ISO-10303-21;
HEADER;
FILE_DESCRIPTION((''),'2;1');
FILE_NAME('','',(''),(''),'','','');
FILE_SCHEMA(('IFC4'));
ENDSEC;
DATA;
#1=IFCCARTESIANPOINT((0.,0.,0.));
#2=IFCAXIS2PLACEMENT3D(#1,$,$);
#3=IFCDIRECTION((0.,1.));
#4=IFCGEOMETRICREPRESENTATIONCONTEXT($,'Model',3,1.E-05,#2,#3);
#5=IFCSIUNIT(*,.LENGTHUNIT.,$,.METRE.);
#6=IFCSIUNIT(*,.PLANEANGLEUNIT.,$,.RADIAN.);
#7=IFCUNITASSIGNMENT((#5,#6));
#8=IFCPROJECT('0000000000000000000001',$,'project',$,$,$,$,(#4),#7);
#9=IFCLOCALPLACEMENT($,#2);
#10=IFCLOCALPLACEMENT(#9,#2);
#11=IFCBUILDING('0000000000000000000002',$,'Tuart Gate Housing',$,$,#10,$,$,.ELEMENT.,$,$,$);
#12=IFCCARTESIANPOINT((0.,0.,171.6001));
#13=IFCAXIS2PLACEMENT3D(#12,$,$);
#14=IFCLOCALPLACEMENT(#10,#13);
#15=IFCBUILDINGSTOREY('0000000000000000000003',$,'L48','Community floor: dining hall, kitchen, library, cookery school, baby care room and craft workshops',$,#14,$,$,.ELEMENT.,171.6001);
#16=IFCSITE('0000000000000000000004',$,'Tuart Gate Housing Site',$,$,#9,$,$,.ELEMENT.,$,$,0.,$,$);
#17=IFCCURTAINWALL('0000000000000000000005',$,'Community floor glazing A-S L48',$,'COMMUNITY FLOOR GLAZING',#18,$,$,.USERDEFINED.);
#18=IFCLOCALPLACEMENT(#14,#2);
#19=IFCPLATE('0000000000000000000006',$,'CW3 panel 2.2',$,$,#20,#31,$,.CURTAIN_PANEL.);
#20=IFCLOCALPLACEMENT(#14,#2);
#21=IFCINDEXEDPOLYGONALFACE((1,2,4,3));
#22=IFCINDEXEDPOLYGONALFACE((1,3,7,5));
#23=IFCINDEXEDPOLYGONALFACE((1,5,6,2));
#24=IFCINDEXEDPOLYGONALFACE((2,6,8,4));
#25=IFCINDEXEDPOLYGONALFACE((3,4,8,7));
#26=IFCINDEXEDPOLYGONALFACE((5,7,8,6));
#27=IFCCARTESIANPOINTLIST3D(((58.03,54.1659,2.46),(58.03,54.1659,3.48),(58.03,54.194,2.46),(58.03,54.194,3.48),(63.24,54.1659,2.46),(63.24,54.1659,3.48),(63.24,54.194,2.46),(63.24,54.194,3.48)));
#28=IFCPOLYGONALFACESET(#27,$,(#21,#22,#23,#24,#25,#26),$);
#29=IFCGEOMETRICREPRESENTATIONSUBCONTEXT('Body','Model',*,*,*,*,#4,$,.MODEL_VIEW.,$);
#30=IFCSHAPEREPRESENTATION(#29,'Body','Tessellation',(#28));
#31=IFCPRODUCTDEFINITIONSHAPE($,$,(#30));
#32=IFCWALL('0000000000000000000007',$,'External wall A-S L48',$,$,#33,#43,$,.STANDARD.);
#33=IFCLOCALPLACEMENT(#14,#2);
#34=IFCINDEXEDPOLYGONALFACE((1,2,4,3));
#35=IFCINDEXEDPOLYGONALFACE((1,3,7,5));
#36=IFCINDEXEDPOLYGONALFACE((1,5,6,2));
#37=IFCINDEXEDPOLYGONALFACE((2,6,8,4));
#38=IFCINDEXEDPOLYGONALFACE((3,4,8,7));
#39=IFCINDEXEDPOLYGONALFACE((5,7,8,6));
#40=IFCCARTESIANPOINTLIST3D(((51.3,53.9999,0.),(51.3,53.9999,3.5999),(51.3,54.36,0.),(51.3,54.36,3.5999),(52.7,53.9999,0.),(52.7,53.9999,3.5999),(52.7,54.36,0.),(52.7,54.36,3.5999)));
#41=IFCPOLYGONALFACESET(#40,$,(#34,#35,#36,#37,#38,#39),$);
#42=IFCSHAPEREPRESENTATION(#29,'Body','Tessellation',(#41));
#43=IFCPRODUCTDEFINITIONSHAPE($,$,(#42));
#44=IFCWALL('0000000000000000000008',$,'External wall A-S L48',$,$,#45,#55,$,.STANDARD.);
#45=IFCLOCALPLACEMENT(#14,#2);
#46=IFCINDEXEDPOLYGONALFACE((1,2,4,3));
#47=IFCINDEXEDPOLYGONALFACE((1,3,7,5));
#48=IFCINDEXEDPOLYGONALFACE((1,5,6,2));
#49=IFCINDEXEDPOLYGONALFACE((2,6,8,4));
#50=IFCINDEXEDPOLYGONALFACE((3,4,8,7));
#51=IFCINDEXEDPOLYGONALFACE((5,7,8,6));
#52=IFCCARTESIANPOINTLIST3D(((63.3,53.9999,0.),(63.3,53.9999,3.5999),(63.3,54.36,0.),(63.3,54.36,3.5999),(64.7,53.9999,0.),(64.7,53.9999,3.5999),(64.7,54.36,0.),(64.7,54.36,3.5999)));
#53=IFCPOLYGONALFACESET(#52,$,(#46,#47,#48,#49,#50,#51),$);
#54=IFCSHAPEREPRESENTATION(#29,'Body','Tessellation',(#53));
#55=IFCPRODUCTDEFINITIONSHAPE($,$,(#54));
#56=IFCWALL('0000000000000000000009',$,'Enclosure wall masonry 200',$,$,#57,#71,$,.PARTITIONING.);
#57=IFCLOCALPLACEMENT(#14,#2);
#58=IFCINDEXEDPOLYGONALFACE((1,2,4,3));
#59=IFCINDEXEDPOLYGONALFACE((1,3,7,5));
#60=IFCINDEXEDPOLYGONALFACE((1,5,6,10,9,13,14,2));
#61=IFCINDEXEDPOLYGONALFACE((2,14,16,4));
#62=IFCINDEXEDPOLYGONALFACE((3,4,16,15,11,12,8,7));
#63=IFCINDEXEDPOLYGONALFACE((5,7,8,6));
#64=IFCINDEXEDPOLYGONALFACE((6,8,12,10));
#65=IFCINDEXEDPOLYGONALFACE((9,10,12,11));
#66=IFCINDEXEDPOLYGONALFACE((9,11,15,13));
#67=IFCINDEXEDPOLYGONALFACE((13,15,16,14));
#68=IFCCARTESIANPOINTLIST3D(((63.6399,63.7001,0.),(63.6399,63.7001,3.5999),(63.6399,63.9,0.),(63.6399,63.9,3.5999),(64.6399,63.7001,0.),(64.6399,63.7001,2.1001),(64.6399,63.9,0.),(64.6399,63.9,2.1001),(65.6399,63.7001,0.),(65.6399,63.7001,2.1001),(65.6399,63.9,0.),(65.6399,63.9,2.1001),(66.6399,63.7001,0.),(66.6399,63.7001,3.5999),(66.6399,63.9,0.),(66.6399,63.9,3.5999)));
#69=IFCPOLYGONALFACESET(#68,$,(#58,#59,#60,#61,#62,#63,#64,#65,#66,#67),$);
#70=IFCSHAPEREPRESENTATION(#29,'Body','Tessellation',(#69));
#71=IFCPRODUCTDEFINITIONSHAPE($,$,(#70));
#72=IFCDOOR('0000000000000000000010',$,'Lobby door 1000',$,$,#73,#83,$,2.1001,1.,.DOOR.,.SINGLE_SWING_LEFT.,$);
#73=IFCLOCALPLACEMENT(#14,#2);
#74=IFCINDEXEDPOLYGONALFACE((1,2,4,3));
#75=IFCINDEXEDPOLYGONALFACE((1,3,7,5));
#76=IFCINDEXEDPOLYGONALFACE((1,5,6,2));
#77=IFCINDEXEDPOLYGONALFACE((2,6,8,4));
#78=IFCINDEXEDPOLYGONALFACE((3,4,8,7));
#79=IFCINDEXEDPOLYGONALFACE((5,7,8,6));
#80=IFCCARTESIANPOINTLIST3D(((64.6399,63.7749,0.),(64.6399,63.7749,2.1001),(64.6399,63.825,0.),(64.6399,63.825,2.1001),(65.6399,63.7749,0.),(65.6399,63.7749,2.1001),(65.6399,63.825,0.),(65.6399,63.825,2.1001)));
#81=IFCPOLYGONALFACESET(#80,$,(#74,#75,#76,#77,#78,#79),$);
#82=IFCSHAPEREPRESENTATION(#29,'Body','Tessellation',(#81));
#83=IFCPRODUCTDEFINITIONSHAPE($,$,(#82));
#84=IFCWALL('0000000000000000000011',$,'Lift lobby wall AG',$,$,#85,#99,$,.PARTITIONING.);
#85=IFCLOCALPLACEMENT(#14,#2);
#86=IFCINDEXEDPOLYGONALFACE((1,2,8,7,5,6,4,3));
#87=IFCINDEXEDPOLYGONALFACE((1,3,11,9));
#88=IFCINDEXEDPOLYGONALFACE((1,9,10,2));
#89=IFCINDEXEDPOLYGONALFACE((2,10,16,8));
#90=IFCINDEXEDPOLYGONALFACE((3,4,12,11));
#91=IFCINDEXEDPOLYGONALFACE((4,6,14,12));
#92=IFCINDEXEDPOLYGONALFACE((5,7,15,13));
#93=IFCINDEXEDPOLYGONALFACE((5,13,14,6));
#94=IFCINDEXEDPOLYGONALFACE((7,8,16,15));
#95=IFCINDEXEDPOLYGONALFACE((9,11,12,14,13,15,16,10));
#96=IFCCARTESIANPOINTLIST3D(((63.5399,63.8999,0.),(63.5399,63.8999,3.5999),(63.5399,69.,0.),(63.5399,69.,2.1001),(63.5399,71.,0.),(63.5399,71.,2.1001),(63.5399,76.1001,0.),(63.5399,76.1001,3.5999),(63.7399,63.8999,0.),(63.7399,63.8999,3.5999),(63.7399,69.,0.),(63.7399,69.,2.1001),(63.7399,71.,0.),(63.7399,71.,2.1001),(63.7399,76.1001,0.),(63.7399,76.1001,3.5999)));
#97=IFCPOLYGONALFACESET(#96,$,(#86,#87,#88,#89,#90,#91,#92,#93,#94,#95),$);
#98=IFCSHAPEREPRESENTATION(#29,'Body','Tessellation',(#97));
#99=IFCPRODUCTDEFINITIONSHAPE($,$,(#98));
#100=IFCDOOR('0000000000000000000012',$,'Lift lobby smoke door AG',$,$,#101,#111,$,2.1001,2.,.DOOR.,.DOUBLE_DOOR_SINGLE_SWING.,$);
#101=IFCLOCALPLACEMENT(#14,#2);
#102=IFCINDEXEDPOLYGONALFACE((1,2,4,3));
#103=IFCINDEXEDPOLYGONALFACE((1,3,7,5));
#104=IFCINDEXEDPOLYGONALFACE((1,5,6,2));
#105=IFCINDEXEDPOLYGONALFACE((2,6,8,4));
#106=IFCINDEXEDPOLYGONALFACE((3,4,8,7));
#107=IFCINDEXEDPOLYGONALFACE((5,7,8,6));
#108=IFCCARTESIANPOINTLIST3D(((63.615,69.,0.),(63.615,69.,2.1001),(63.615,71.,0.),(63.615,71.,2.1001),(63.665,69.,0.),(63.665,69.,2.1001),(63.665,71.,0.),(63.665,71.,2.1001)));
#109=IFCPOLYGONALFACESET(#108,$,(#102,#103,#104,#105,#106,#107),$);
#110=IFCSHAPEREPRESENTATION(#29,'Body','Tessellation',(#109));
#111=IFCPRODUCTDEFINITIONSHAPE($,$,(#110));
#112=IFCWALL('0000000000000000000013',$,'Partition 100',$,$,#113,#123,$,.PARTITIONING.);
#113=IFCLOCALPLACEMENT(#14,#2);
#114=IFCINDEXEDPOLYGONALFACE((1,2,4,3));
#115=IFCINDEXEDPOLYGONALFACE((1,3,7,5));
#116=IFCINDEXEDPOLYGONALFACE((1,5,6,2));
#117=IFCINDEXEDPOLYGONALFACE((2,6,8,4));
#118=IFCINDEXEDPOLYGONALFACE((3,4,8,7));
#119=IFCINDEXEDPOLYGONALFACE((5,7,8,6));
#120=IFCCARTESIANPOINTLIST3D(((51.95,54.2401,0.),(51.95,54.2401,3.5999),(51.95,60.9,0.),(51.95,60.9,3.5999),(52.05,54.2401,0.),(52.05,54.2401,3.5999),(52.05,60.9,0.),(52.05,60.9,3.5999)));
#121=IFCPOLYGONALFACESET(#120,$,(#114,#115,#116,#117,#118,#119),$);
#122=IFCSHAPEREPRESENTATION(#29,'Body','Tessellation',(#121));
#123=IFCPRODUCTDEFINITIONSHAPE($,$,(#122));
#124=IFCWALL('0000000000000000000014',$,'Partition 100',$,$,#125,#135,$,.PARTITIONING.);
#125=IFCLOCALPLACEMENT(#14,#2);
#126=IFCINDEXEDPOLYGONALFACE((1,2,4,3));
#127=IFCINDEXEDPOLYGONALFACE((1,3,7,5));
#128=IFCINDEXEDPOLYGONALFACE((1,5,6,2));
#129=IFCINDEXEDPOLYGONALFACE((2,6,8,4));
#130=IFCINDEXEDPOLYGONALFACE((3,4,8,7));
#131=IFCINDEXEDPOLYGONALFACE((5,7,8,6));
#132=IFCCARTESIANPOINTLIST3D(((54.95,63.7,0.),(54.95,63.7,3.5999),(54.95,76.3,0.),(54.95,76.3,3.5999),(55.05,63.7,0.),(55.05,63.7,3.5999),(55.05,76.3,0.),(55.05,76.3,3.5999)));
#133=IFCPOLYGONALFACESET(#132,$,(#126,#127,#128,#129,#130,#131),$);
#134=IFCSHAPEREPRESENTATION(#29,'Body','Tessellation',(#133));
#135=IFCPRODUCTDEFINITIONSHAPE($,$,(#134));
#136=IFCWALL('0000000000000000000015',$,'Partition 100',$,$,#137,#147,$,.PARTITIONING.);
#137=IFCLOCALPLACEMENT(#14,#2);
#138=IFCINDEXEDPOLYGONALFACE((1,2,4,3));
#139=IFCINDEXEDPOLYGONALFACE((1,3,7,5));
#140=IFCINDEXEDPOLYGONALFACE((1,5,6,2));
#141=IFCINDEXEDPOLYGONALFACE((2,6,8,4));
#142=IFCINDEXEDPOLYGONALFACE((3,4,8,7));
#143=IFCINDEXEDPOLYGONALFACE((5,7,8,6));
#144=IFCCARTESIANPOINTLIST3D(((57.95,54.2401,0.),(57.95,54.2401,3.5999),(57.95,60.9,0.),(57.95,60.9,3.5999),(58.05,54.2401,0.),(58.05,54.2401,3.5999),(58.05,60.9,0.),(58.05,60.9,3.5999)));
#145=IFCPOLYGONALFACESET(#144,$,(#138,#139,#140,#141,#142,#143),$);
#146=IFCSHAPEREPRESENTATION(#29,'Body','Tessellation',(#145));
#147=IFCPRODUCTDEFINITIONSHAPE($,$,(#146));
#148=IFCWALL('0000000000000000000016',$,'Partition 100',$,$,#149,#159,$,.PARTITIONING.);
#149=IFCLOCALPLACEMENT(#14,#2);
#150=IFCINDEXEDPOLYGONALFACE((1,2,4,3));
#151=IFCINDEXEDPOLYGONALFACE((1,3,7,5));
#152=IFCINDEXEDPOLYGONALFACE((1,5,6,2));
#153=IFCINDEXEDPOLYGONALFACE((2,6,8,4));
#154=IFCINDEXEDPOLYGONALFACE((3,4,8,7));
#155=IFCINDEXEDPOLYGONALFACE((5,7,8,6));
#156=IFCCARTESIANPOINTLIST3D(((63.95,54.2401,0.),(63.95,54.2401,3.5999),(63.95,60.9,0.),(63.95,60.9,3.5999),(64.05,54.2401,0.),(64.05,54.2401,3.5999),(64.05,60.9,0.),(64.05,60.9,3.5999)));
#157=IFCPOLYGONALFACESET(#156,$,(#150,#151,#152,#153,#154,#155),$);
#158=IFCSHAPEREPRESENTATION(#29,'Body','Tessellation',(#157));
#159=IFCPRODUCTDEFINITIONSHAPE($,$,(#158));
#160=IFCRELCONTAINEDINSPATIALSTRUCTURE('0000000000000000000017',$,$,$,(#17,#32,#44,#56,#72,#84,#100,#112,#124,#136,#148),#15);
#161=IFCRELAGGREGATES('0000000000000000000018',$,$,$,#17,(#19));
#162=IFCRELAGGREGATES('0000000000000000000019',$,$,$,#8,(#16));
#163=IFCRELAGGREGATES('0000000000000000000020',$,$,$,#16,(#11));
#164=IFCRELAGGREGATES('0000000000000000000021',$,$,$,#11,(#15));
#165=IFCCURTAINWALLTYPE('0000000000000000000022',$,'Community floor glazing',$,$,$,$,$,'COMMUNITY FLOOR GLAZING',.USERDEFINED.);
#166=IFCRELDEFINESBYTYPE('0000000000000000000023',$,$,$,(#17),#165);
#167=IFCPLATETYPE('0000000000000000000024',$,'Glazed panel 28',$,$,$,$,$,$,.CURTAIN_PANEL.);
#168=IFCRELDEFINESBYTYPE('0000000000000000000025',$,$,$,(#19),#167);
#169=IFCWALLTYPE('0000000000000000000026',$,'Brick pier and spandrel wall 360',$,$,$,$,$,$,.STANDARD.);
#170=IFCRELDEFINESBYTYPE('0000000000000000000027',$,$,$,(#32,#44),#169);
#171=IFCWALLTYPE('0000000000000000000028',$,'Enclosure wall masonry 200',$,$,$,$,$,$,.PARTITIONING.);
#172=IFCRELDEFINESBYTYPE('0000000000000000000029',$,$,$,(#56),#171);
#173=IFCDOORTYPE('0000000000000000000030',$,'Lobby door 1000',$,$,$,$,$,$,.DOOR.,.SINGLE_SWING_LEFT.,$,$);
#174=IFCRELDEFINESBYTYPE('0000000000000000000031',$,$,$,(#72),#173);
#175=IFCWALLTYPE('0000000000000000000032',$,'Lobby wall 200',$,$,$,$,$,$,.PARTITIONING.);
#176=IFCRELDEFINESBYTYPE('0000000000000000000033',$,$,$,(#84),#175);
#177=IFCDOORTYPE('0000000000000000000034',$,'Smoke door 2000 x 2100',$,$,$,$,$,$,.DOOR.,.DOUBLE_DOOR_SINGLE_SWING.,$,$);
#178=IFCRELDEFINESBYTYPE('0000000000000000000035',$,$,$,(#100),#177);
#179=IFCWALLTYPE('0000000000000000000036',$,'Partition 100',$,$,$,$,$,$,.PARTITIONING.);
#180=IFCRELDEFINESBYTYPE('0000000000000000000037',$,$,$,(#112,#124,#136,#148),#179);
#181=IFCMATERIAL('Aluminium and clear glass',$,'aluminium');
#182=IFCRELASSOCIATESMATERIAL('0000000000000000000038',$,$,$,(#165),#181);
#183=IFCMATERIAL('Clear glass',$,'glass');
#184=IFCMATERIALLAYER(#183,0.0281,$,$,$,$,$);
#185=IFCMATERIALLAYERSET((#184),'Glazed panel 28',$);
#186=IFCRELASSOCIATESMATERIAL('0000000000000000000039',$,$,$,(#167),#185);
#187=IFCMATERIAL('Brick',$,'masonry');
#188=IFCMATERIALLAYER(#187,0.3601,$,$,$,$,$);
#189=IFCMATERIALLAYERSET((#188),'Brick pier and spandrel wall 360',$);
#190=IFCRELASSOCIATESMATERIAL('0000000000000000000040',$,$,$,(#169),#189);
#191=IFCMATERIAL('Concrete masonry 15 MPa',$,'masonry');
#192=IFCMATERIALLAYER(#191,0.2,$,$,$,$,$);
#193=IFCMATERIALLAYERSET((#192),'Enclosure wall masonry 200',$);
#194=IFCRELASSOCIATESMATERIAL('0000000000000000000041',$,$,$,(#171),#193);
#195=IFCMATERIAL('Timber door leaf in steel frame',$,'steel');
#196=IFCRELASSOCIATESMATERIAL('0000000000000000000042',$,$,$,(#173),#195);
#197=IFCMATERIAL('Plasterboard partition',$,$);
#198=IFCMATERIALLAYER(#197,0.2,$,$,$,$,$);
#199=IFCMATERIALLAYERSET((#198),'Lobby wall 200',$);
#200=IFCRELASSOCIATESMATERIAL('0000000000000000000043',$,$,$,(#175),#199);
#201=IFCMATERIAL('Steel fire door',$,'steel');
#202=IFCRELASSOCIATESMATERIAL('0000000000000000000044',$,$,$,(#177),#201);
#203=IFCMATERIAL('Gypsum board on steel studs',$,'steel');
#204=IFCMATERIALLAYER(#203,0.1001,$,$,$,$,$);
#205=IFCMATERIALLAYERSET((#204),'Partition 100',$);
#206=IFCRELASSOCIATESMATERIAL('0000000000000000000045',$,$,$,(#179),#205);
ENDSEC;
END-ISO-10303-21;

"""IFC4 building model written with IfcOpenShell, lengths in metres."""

from ifc_helpers import new_model, si_unit, direction, frame, frame_2d, origin, origin_2d, place, context, subcontext, project, spatial, rectangle, extrude, material, layer, layer_set, type_object, element, fill, aggregate, save


model = new_model("IFC4")

# Units and contexts
model_context = context("Model", 3, precision=1e-05, world=origin(), true_north=direction((0.0, 1.0)))
body_context = subcontext(model_context, "Body", "Model", "MODEL_VIEW")
ifc_project = project(units=[si_unit("LENGTHUNIT", "METRE"), si_unit("PLANEANGLEUNIT", "RADIAN")], contexts=[model_context])

# Site, building, storey
site_placement = place(None, origin())
site = spatial("IfcSite", under=ifc_project, at=site_placement, Name="Tuart Gate Housing Site", CompositionType="ELEMENT", RefElevation=0.0)
building_placement = place(site_placement, origin())
building = spatial("IfcBuilding", under=site, at=building_placement, Name="Tuart Gate Housing", CompositionType="ELEMENT")
storey_placement = place(building_placement, frame((0.0, 0.0, 171.6001)))
storey = spatial("IfcBuildingStorey", under=building, at=storey_placement, Name="L48", Description="Community floor: dining hall, kitchen, library, cookery school, baby care room and craft workshops", CompositionType="ELEMENT", Elevation=171.6001)

# Curtain wall, plate
ifc_material_1 = material(Name="Aluminium and clear glass", Category="aluminium")
curtain_wall_type = type_object("IfcCurtainWallType", Name="Community floor glazing", ElementType="COMMUNITY FLOOR GLAZING", PredefinedType="USERDEFINED", material=ifc_material_1)
curtain_wall_placement = place(storey_placement, origin())
curtain_wall = element("IfcCurtainWall", 1, at=curtain_wall_placement, inside=storey, type_object=curtain_wall_type, Name="Community floor glazing A-S L48", ObjectType="COMMUNITY FLOOR GLAZING", PredefinedType="USERDEFINED")
ifc_material_2 = material(Name="Clear glass", Category="glass")
ifc_layer_1 = layer(ifc_material_2, 0.0281)
ifc_layer_set_1 = layer_set([ifc_layer_1], Name="Glazed panel 28")
plate_type = type_object("IfcPlateType", Name="Glazed panel 28", PredefinedType="CURTAIN_PANEL", material=ifc_layer_set_1)
plate_1_placement = place(storey_placement, frame((60.635, 54.1799, 2.46), z_axis=(0.0, 0.0, 1.0), x_axis=(1.0, 0.0, 0.0)))
plate_1 = element("IfcPlate", 2, at=plate_1_placement, type_object=plate_type, Name="CW3 panel 2.2", PredefinedType="CURTAIN_PANEL", context=body_context, shape_type="SweptSolid", body=[
    extrude(rectangle(XDim=5.21, YDim=0.0281, at=origin_2d()), origin(), (0.0, 0.0, 1.0), 1.02),
])
aggregate(curtain_wall, [plate_1])

# Walls
ifc_material_3 = material(Name="Brick", Category="masonry")
ifc_layer_2 = layer(ifc_material_3, 0.3601)
ifc_layer_set_2 = layer_set([ifc_layer_2], Name="Brick pier and spandrel wall 360")
wall_type_1 = type_object("IfcWallType", Name="Brick pier and spandrel wall 360", PredefinedType="STANDARD", material=ifc_layer_set_2)
for number, where, z_axis, x_axis, name in (
    (3, (51.3, 54.1799, 0.0), (0.0, 0.0, 1.0), (1.0, 0.0, 0.0), "External wall A-S L48"),
    (4, (63.3, 54.1799, 0.0), (0.0, 0.0, 1.0), (1.0, 0.0, 0.0), "External wall A-S L48"),
):
    element("IfcWall", number, at=place(storey_placement, frame(where, z_axis=z_axis, x_axis=x_axis)), inside=storey, type_object=wall_type_1, Name=name, PredefinedType="STANDARD", context=body_context, shape_type="SweptSolid", body=[
        extrude(rectangle(XDim=1.3999, YDim=0.3601, at=frame_2d((0.7, 0.0))), origin(), (0.0, 0.0, 1.0), 3.5999),
    ])

# Walls, openings, doors
ifc_material_4 = material(Name="Concrete masonry 15 MPa", Category="masonry")
ifc_layer_3 = layer(ifc_material_4, 0.2)
ifc_layer_set_3 = layer_set([ifc_layer_3], Name="Enclosure wall masonry 200")
wall_type_2 = type_object("IfcWallType", Name="Enclosure wall masonry 200", PredefinedType="PARTITIONING", material=ifc_layer_set_3)
wall_1_placement = place(storey_placement, frame((63.6399, 63.8, 0.0), z_axis=(0.0, 0.0, 1.0), x_axis=(1.0, 0.0, 0.0)))
wall_1 = element("IfcWall", 5, at=wall_1_placement, inside=storey, type_object=wall_type_2, Name="Enclosure wall masonry 200", PredefinedType="PARTITIONING", context=body_context, shape_type="SweptSolid", body=[
    extrude(rectangle(XDim=3.0, YDim=0.2, at=frame_2d((1.5, 0.0))), origin(), (0.0, 0.0, 1.0), 3.5999),
])
opening_1_placement = place(wall_1_placement, frame((1.0, 0.0, 0.0)))
opening_1 = element("IfcOpeningElement", 6, at=opening_1_placement, cuts=wall_1, PredefinedType="OPENING", context=body_context, shape_type="SweptSolid", body=[
    extrude(rectangle(XDim=1.0, YDim=2.1001, at=frame_2d((0.5, 1.05))), frame((0.0, 0.1099, 0.0), z_axis=(0.0, -1.0, 0.0), x_axis=(1.0, 0.0, 0.0)), (0.0, 0.0, 1.0), 0.22),
])
ifc_material_5 = material(Name="Timber door leaf in steel frame", Category="steel")
door_type_1 = type_object("IfcDoorType", Name="Lobby door 1000", OperationType="SINGLE_SWING_LEFT", PredefinedType="DOOR", material=ifc_material_5)
door_1_placement = place(opening_1_placement, origin())
door_1 = element("IfcDoor", 7, at=door_1_placement, inside=storey, type_object=door_type_1, Name="Lobby door 1000", OperationType="SINGLE_SWING_LEFT", OverallHeight=2.1001, OverallWidth=1.0, PredefinedType="DOOR", context=body_context, shape_type="SweptSolid", body=[
    extrude(rectangle(XDim=1.0, YDim=2.1001, at=frame_2d((0.5, 1.05))), frame((0.0, 0.0249, 0.0), z_axis=(0.0, -1.0, 0.0), x_axis=(1.0, 0.0, 0.0)), (0.0, 0.0, 1.0), 0.05),
])
fill(opening_1, door_1)
ifc_material_6 = material(Name="Plasterboard partition")
ifc_layer_4 = layer(ifc_material_6, 0.2)
ifc_layer_set_4 = layer_set([ifc_layer_4], Name="Lobby wall 200")
wall_type_3 = type_object("IfcWallType", Name="Lobby wall 200", PredefinedType="PARTITIONING", material=ifc_layer_set_4)
wall_2_placement = place(storey_placement, frame((63.6399, 63.8999, 0.0), z_axis=(0.0, 0.0, 1.0), x_axis=(0.0, 1.0, 0.0)))
wall_2 = element("IfcWall", 8, at=wall_2_placement, inside=storey, type_object=wall_type_3, Name="Lift lobby wall AG", PredefinedType="PARTITIONING", context=body_context, shape_type="SweptSolid", body=[
    extrude(rectangle(XDim=12.2002, YDim=0.2, at=frame_2d((6.1001, 0.0))), origin(), (0.0, 0.0, 1.0), 3.5999),
])
opening_2_placement = place(wall_2_placement, frame((5.1001, 0.0, 0.0)))
opening_2 = element("IfcOpeningElement", 9, at=opening_2_placement, cuts=wall_2, PredefinedType="OPENING", context=body_context, shape_type="SweptSolid", body=[
    extrude(rectangle(XDim=2.0, YDim=2.1001, at=frame_2d((1.0, 1.05))), frame((0.0, 0.1099, 0.0), z_axis=(0.0, -1.0, 0.0), x_axis=(1.0, 0.0, 0.0)), (0.0, 0.0, 1.0), 0.22),
])
ifc_material_7 = material(Name="Steel fire door", Category="steel")
door_type_2 = type_object("IfcDoorType", Name="Smoke door 2000 x 2100", OperationType="DOUBLE_DOOR_SINGLE_SWING", PredefinedType="DOOR", material=ifc_material_7)
door_2_placement = place(opening_2_placement, origin())
door_2 = element("IfcDoor", 10, at=door_2_placement, inside=storey, type_object=door_type_2, Name="Lift lobby smoke door AG", OperationType="DOUBLE_DOOR_SINGLE_SWING", OverallHeight=2.1001, OverallWidth=2.0, PredefinedType="DOOR", context=body_context, shape_type="SweptSolid", body=[
    extrude(rectangle(XDim=2.0, YDim=2.1001, at=frame_2d((1.0, 1.05))), frame((0.0, 0.0249, 0.0), z_axis=(0.0, -1.0, 0.0), x_axis=(1.0, 0.0, 0.0)), (0.0, 0.0, 1.0), 0.05),
])
fill(opening_2, door_2)

# Walls
ifc_material_8 = material(Name="Gypsum board on steel studs", Category="steel")
ifc_layer_5 = layer(ifc_material_8, 0.1001)
ifc_layer_set_5 = layer_set([ifc_layer_5], Name="Partition 100")
wall_type_4 = type_object("IfcWallType", Name="Partition 100", PredefinedType="PARTITIONING", material=ifc_layer_set_5)
wall_3_placement = place(storey_placement, frame((52.0, 54.24, 0.0), z_axis=(0.0, 0.0, 1.0), x_axis=(0.0, 1.0, 0.0)))
element("IfcWall", 11, at=wall_3_placement, inside=storey, type_object=wall_type_4, Name="Partition 100", PredefinedType="PARTITIONING", context=body_context, shape_type="SweptSolid", body=[
    extrude(rectangle(XDim=6.6599, YDim=0.1001, at=frame_2d((3.3301, 0.0))), origin(), (0.0, 0.0, 1.0), 3.5999),
])
wall_4_placement = place(storey_placement, frame((55.0, 63.7, 0.0), z_axis=(0.0, 0.0, 1.0), x_axis=(0.0, 1.0, 0.0)))
element("IfcWall", 12, at=wall_4_placement, inside=storey, type_object=wall_type_4, Name="Partition 100", PredefinedType="PARTITIONING", context=body_context, shape_type="SweptSolid", body=[
    extrude(rectangle(XDim=12.6001, YDim=0.1001, at=frame_2d((6.3, 0.0))), origin(), (0.0, 0.0, 1.0), 3.5999),
])
for number, where, z_axis, x_axis, name in (
    (13, (58.0, 54.24, 0.0), (0.0, 0.0, 1.0), (0.0, 1.0, 0.0), "Partition 100"),
    (14, (64.0, 54.24, 0.0), (0.0, 0.0, 1.0), (0.0, 1.0, 0.0), "Partition 100"),
):
    element("IfcWall", number, at=place(storey_placement, frame(where, z_axis=z_axis, x_axis=x_axis)), inside=storey, type_object=wall_type_4, Name=name, PredefinedType="PARTITIONING", context=body_context, shape_type="SweptSolid", body=[
        extrude(rectangle(XDim=6.6599, YDim=0.1001, at=frame_2d((3.3301, 0.0))), origin(), (0.0, 0.0, 1.0), 3.5999),
    ])

save(model, "model.ifc")
